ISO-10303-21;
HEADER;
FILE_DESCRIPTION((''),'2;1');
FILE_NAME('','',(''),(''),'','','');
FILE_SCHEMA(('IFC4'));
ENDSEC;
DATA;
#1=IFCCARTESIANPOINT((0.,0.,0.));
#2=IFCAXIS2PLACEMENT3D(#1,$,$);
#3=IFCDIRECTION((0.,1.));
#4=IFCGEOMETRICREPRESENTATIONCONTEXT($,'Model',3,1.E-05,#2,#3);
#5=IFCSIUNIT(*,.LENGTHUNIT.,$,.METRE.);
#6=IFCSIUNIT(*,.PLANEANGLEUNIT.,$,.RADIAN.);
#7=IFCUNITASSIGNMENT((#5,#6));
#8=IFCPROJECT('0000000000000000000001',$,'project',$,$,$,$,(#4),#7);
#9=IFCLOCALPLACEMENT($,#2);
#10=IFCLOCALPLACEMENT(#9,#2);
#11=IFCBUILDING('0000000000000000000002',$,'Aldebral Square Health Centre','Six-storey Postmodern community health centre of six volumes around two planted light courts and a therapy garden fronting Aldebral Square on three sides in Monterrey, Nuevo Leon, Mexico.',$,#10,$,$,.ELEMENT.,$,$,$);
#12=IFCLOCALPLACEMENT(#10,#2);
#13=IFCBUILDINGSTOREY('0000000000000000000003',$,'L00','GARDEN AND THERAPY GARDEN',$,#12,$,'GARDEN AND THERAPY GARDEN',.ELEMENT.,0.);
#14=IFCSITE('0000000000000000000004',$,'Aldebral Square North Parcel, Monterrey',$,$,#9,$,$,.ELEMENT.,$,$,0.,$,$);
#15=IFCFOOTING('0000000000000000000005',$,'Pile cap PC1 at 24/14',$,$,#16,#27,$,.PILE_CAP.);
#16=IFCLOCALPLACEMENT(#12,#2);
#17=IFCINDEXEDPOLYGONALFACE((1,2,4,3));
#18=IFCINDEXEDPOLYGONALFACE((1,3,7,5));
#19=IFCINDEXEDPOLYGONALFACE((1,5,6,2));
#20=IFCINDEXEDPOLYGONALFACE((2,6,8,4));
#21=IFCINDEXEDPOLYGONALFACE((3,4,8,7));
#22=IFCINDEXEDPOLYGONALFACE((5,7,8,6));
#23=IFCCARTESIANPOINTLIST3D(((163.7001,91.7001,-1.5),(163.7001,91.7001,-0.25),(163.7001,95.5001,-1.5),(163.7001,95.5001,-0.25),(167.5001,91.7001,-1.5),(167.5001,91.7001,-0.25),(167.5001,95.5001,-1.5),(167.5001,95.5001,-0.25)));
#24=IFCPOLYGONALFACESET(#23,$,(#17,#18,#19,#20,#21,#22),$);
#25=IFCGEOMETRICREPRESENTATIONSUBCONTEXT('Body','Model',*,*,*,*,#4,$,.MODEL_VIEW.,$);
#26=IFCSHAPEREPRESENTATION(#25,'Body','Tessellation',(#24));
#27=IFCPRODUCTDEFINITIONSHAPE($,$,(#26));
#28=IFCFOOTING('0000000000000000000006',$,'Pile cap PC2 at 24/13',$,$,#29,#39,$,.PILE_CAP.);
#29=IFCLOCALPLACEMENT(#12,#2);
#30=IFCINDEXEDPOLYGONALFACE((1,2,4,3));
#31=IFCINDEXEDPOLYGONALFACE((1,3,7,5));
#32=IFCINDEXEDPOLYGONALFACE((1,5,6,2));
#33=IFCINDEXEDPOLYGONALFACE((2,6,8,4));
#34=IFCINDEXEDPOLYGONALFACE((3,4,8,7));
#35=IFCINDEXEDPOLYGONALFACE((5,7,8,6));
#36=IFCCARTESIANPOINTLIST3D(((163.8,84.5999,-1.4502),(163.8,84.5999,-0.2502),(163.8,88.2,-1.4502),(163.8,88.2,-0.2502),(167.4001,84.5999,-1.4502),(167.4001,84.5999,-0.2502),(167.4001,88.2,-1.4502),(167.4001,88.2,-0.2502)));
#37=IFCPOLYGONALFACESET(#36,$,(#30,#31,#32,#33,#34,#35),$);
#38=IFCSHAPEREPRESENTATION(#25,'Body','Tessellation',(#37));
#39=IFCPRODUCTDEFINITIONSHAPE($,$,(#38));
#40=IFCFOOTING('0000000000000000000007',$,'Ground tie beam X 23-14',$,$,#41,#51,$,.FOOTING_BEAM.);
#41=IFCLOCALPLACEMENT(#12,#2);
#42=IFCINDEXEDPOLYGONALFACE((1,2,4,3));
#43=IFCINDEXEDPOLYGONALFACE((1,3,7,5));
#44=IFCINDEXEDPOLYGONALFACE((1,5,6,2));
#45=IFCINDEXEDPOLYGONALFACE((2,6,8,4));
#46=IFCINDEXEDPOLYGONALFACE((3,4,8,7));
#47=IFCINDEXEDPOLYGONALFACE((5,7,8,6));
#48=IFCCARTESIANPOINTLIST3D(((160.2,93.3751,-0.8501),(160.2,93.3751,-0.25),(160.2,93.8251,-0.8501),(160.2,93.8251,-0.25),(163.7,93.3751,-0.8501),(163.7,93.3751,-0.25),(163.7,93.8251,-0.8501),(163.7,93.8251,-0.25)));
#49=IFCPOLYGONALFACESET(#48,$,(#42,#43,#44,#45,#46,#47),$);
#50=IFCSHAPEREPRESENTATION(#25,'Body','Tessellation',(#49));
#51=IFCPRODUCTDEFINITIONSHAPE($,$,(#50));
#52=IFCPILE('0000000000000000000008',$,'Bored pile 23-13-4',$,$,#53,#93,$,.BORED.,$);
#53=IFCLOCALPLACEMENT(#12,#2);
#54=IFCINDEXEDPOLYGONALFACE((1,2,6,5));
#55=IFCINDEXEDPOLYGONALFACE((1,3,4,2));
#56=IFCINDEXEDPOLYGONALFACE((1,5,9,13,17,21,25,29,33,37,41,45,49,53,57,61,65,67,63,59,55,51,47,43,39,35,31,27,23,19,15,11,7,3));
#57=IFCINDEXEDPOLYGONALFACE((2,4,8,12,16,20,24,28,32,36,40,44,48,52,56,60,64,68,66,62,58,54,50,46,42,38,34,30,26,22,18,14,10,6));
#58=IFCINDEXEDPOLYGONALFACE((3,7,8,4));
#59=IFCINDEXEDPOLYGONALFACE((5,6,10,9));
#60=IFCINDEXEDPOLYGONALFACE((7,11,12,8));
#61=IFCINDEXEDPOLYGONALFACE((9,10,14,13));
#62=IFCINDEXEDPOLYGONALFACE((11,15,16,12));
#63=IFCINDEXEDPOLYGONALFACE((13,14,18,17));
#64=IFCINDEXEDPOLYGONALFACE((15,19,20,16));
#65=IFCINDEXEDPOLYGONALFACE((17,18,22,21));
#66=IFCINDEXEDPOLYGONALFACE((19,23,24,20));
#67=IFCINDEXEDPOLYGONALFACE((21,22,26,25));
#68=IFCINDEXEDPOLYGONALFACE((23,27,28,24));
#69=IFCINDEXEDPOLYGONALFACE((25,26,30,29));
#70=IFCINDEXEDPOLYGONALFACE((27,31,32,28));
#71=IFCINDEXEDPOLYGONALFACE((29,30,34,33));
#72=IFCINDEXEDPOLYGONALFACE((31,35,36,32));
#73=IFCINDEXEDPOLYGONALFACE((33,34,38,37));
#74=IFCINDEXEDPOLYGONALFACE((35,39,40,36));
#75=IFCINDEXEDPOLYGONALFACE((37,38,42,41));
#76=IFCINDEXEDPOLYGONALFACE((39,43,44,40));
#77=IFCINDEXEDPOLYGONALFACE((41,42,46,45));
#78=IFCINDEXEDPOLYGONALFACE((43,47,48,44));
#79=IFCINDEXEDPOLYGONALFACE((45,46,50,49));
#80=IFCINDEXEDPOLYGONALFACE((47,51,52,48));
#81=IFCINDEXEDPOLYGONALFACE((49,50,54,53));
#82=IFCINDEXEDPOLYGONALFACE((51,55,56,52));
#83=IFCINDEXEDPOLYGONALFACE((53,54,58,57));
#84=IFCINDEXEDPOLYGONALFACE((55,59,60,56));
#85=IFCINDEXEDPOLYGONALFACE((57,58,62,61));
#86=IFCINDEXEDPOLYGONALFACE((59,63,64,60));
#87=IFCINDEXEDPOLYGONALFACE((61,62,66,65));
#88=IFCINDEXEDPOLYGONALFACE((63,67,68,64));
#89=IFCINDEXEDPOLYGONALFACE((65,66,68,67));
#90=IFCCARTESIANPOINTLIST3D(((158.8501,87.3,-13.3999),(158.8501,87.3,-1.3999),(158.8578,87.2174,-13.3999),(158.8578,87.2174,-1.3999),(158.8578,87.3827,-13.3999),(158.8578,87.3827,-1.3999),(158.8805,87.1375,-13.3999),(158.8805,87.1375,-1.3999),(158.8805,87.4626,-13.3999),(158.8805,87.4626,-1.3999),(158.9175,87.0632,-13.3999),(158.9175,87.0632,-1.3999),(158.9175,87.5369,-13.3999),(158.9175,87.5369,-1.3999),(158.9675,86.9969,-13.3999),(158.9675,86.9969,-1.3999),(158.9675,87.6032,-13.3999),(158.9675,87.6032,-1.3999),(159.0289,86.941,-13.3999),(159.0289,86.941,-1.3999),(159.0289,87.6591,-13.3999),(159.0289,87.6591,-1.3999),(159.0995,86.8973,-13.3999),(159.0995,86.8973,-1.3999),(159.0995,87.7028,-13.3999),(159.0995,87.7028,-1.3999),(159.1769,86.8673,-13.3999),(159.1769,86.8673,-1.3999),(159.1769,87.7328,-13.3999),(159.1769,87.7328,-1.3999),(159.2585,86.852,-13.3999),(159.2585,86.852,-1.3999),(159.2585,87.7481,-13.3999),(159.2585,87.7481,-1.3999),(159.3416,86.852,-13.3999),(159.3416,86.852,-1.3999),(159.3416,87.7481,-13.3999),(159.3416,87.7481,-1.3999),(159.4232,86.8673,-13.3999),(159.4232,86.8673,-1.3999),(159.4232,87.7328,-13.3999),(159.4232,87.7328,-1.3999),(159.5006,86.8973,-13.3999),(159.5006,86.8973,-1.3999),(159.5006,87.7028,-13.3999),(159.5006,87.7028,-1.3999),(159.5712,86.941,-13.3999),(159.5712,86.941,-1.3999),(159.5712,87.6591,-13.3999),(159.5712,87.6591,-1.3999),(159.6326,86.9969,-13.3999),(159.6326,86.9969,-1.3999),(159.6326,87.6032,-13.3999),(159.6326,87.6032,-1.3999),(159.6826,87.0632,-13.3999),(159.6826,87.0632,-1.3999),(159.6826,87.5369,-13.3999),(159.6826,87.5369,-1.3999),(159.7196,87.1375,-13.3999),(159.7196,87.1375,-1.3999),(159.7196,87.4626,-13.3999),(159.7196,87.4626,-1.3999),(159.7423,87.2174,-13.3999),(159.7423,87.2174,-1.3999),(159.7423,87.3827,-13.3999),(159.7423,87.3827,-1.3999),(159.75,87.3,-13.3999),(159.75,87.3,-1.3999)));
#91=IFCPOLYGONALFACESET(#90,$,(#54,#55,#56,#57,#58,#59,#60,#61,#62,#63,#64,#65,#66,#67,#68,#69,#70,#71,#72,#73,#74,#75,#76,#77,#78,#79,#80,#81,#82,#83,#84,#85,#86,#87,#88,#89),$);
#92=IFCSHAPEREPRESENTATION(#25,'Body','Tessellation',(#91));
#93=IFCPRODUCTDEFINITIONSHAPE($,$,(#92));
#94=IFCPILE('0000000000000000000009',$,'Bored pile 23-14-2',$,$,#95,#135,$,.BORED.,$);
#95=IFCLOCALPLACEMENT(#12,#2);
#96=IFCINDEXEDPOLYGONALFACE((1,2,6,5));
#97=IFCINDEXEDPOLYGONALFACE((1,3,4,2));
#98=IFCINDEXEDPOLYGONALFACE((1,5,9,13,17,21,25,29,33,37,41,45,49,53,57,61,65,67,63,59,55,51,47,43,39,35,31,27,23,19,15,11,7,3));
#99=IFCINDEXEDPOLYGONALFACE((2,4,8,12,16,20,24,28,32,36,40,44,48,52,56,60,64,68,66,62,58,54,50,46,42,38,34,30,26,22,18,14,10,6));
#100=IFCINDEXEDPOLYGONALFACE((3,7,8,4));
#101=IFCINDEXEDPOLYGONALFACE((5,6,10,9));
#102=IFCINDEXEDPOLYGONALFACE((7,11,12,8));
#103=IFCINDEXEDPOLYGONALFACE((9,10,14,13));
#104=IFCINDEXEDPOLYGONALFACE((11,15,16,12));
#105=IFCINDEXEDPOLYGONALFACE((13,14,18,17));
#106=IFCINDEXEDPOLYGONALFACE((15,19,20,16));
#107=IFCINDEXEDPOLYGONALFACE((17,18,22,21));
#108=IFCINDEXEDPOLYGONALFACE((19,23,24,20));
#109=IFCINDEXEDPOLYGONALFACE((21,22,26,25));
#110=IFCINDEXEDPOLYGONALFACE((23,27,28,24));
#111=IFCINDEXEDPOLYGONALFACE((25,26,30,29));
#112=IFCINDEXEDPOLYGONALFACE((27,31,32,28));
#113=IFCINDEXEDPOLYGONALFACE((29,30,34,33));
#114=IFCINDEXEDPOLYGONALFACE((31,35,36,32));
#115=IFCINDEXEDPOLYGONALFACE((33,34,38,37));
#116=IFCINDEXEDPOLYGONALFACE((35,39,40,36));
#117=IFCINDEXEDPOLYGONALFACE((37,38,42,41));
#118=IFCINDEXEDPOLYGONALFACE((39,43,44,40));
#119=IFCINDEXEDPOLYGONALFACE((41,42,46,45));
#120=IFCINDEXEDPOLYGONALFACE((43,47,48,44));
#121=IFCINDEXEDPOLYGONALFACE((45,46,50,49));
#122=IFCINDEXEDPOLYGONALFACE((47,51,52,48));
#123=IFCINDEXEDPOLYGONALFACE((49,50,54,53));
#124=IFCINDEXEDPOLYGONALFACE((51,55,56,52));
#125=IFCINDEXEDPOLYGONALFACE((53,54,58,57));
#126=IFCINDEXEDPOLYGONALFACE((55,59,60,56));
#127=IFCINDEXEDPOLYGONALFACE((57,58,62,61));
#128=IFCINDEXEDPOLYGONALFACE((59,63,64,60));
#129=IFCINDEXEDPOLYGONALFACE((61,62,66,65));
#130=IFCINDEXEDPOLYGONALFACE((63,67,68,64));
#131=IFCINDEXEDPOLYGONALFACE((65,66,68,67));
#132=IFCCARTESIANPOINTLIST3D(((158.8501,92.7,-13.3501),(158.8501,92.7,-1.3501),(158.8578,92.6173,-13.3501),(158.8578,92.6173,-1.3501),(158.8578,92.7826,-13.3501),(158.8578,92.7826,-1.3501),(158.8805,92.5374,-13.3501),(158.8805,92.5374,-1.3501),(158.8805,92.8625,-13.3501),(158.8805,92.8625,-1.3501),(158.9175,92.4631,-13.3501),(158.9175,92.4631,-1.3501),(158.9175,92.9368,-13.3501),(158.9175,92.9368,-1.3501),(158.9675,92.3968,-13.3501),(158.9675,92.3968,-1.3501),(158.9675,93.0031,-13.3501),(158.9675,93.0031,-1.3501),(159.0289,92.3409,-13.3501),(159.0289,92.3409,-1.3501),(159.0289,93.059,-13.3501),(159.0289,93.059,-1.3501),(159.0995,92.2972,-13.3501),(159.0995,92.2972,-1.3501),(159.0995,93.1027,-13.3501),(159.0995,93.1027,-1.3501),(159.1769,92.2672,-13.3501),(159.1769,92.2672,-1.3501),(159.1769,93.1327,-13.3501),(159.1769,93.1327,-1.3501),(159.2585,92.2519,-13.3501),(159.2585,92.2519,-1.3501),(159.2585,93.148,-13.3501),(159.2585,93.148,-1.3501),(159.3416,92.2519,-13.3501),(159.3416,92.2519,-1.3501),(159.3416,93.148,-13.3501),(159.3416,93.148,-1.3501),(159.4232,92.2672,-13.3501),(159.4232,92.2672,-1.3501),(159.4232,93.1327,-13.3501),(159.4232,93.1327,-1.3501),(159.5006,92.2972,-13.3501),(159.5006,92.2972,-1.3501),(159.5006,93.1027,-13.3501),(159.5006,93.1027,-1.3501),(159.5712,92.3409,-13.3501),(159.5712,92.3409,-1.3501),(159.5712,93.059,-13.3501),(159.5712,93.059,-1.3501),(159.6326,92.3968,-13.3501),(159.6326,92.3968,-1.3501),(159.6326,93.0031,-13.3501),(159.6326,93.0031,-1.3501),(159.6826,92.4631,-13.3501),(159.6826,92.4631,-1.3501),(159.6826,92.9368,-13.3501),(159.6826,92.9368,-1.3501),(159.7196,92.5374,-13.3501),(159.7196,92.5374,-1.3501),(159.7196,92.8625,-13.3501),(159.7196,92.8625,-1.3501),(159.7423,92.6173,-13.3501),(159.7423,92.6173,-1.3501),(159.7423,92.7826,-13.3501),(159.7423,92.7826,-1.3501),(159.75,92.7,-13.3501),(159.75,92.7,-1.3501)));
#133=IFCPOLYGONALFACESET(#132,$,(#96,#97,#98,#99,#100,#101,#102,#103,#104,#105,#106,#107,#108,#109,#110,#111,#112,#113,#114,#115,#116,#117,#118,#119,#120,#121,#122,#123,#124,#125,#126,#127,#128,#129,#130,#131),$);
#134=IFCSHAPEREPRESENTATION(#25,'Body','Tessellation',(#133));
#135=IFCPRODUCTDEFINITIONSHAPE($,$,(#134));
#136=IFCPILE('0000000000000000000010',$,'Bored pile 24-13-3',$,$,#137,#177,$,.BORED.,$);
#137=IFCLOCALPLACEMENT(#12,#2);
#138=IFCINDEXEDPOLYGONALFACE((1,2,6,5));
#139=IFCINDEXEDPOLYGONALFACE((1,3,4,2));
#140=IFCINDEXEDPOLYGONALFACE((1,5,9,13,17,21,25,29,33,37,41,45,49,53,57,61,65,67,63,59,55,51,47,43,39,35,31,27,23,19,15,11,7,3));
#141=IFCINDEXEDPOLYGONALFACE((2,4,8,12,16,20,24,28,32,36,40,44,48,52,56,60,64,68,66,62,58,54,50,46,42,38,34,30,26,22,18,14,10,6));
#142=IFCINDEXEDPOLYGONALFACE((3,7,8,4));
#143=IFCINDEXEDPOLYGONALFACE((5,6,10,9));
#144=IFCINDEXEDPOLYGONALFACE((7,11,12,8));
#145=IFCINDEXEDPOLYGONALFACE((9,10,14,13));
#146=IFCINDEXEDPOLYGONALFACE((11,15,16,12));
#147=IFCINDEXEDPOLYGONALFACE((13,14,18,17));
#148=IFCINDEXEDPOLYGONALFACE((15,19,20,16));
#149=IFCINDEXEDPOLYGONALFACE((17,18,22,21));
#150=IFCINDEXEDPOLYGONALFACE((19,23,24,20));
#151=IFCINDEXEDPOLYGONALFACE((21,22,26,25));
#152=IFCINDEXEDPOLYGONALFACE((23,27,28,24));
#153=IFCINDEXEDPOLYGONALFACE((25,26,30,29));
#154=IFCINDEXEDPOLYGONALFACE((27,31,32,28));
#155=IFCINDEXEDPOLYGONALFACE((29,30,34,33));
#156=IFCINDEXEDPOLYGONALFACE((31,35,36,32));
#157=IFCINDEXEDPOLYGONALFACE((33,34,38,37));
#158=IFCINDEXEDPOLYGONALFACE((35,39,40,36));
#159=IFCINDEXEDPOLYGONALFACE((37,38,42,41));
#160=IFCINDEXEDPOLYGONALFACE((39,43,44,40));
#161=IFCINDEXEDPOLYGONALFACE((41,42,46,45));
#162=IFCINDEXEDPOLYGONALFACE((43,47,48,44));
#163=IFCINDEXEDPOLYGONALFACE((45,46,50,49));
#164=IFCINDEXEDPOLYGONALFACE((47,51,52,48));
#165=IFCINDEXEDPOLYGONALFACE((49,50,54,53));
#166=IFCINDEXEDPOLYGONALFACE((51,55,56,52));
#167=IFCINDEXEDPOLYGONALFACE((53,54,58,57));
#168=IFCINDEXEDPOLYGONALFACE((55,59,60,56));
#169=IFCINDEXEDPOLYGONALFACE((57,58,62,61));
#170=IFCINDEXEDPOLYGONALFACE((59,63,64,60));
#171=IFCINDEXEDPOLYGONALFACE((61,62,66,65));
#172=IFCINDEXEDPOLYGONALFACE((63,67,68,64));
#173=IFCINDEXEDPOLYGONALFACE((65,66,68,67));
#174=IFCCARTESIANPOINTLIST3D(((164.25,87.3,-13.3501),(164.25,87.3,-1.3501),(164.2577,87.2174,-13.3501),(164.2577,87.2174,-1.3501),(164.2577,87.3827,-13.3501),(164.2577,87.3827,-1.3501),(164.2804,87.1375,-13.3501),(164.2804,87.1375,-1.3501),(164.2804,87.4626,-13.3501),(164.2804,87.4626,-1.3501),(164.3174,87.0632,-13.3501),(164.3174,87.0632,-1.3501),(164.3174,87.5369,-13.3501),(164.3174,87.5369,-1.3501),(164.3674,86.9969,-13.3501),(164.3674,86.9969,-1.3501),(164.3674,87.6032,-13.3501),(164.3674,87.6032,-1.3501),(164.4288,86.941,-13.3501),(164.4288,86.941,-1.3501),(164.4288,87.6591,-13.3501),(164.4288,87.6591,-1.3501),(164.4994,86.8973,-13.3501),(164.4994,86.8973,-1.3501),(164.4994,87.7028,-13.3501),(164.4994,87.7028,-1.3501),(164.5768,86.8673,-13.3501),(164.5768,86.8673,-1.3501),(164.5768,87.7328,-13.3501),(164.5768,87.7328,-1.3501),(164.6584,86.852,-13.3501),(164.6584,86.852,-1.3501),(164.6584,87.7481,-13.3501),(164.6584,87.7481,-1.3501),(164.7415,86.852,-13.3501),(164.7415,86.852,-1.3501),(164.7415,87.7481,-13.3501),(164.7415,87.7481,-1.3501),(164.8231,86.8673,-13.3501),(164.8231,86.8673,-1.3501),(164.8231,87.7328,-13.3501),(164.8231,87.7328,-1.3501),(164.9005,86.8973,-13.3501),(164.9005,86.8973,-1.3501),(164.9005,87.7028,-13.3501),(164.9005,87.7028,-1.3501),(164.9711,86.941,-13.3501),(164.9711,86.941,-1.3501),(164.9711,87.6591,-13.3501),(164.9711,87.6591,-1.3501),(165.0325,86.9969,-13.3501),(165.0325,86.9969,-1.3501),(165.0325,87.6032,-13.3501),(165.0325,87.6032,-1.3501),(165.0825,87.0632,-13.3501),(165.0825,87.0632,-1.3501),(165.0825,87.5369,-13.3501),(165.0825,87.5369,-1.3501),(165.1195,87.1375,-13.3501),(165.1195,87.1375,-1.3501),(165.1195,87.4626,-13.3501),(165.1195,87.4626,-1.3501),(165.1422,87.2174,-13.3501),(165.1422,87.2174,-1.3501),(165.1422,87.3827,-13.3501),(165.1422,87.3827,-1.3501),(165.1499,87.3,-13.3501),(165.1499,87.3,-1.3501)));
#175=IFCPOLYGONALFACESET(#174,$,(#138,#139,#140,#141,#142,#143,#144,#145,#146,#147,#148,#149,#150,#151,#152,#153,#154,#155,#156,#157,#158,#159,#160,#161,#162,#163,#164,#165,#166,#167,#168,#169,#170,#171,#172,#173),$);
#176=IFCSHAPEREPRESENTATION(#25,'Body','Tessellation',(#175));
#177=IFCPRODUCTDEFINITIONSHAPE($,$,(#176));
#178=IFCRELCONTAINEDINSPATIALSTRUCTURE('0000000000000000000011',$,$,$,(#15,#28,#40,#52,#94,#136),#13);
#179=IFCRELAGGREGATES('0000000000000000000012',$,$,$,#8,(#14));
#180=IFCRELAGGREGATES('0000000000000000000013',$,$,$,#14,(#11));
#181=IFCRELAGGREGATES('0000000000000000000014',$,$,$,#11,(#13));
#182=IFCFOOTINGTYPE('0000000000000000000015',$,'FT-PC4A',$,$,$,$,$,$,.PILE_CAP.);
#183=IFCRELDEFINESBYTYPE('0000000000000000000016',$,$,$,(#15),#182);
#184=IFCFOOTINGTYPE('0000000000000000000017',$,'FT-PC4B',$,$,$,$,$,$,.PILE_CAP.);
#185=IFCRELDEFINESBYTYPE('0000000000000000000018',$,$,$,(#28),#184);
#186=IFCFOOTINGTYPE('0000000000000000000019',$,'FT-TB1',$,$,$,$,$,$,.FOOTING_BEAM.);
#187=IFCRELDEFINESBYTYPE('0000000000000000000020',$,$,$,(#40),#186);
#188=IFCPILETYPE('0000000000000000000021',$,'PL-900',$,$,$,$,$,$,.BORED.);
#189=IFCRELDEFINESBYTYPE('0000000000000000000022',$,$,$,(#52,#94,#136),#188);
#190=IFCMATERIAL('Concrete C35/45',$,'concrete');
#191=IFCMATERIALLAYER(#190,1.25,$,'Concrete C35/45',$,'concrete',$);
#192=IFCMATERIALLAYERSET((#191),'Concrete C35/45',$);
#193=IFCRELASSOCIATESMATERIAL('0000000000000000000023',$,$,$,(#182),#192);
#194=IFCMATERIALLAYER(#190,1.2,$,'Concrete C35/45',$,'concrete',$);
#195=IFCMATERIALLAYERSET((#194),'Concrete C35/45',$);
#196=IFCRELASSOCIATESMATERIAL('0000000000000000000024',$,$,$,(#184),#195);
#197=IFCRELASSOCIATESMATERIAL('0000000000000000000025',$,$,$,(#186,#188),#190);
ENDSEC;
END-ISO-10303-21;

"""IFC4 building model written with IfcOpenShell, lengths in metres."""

from ifc_helpers import new_model, si_unit, direction, frame, origin, origin_2d, place, context, subcontext, project, spatial, rectangle, circle, extrude, material, layer, layer_set, material_profile, profile_set, type_object, element, save


model = new_model("IFC4")

# Units and contexts
model_context = context("Model", 3, precision=1e-05, world=origin(), true_north=direction((0.0, 1.0)))
body_context = subcontext(model_context, "Body", "Model", "MODEL_VIEW")
ifc_project = project(units=[si_unit("LENGTHUNIT", "METRE"), si_unit("PLANEANGLEUNIT", "RADIAN")], contexts=[model_context])

# Site, building, storey
site_placement = place(None, origin())
site = spatial("IfcSite", under=ifc_project, at=site_placement, Name="Aldebral Square North Parcel, Monterrey", CompositionType="ELEMENT", RefElevation=0.0)
building_placement = place(site_placement, origin())
building = spatial("IfcBuilding", under=site, at=building_placement, Name="Aldebral Square Health Centre", Description="Six-storey Postmodern community health centre of six volumes around two planted light courts and a therapy garden fronting Aldebral Square on three sides in Monterrey, Nuevo Leon, Mexico.", CompositionType="ELEMENT")
storey_placement = place(building_placement, origin())
storey = spatial("IfcBuildingStorey", under=building, at=storey_placement, Name="L00", Description="GARDEN AND THERAPY GARDEN", LongName="GARDEN AND THERAPY GARDEN", CompositionType="ELEMENT", Elevation=0.0)

# Footings
ifc_material_1 = material(Name="Concrete C35/45", Category="concrete")
ifc_layer_1 = layer(ifc_material_1, 1.25, Name="Concrete C35/45", Category="concrete")
ifc_layer_set_1 = layer_set([ifc_layer_1], Name="Concrete C35/45")
footing_type_1 = type_object("IfcFootingType", Name="FT-PC4A", PredefinedType="PILE_CAP", material=ifc_layer_set_1)
footing_1_placement = place(storey_placement, frame((165.6001, 93.6001, -1.5), z_axis=(0.0, 0.0, 1.0), x_axis=(1.0, 0.0, 0.0)))
element("IfcFooting", 1, at=footing_1_placement, inside=storey, type_object=footing_type_1, Name="Pile cap PC1 at 24/14", PredefinedType="PILE_CAP", context=body_context, shape_type="SweptSolid", body=[
    extrude(rectangle(XDim=3.8, YDim=3.8, at=origin_2d()), origin(), (0.0, 0.0, 1.0), 1.25),
])
ifc_layer_2 = layer(ifc_material_1, 1.2, Name="Concrete C35/45", Category="concrete")
ifc_layer_set_2 = layer_set([ifc_layer_2], Name="Concrete C35/45")
footing_type_2 = type_object("IfcFootingType", Name="FT-PC4B", PredefinedType="PILE_CAP", material=ifc_layer_set_2)
footing_2_placement = place(storey_placement, frame((165.6001, 86.3999, -1.4502), z_axis=(0.0, 0.0, 1.0), x_axis=(1.0, 0.0, 0.0)))
element("IfcFooting", 2, at=footing_2_placement, inside=storey, type_object=footing_type_2, Name="Pile cap PC2 at 24/13", PredefinedType="PILE_CAP", context=body_context, shape_type="SweptSolid", body=[
    extrude(rectangle(XDim=3.6001, YDim=3.6001, at=origin_2d()), origin(), (0.0, 0.0, 1.0), 1.2),
])
ifc_material_profile_1 = material_profile(ifc_material_1, rectangle(XDim=0.45, YDim=0.6001, at=origin_2d()), Name="RC 450x600")
ifc_profile_set_1 = profile_set([ifc_material_profile_1], Name="Concrete C35/45")
footing_type_3 = type_object("IfcFootingType", Name="FT-TB1", PredefinedType="FOOTING_BEAM", material=ifc_profile_set_1)
footing_3_placement = place(storey_placement, frame((160.2, 93.6001, -0.55), z_axis=(1.0, 0.0, 0.0), x_axis=(0.0, 1.0, 0.0)))
element("IfcFooting", 3, at=footing_3_placement, inside=storey, type_object=footing_type_3, Name="Ground tie beam X 23-14", PredefinedType="FOOTING_BEAM", context=body_context, shape_type="SweptSolid", body=[
    extrude(rectangle(XDim=0.45, YDim=0.6001, at=origin_2d()), origin(), (0.0, 0.0, 1.0), 3.5),
])

# Piles
ifc_material_profile_2 = material_profile(ifc_material_1, circle(Radius=0.45, at=origin_2d()), Name="PILE D900")
ifc_profile_set_2 = profile_set([ifc_material_profile_2], Name="Concrete C35/45")
pile_type = type_object("IfcPileType", Name="PL-900", PredefinedType="BORED", material=ifc_profile_set_2)
for number, where, z_axis, x_axis, name in (
    (4, (159.3, 87.3, -1.3999), (0.0, 0.0, -1.0), (1.0, 0.0, 0.0), "Bored pile 23-13-4"),
    (5, (159.3, 92.7, -1.3501), (0.0, 0.0, -1.0), (1.0, 0.0, 0.0), "Bored pile 23-14-2"),
    (6, (164.7, 87.3, -1.3501), (0.0, 0.0, -1.0), (1.0, 0.0, 0.0), "Bored pile 24-13-3"),
):
    element("IfcPile", number, at=place(storey_placement, frame(where, z_axis=z_axis, x_axis=x_axis)), inside=storey, type_object=pile_type, Name=name, PredefinedType="BORED", context=body_context, shape_type="SweptSolid", body=[
        extrude(circle(Radius=0.45, at=origin_2d()), origin(), (0.0, 0.0, 1.0), 12.0),
    ])

save(model, "model.ifc")
